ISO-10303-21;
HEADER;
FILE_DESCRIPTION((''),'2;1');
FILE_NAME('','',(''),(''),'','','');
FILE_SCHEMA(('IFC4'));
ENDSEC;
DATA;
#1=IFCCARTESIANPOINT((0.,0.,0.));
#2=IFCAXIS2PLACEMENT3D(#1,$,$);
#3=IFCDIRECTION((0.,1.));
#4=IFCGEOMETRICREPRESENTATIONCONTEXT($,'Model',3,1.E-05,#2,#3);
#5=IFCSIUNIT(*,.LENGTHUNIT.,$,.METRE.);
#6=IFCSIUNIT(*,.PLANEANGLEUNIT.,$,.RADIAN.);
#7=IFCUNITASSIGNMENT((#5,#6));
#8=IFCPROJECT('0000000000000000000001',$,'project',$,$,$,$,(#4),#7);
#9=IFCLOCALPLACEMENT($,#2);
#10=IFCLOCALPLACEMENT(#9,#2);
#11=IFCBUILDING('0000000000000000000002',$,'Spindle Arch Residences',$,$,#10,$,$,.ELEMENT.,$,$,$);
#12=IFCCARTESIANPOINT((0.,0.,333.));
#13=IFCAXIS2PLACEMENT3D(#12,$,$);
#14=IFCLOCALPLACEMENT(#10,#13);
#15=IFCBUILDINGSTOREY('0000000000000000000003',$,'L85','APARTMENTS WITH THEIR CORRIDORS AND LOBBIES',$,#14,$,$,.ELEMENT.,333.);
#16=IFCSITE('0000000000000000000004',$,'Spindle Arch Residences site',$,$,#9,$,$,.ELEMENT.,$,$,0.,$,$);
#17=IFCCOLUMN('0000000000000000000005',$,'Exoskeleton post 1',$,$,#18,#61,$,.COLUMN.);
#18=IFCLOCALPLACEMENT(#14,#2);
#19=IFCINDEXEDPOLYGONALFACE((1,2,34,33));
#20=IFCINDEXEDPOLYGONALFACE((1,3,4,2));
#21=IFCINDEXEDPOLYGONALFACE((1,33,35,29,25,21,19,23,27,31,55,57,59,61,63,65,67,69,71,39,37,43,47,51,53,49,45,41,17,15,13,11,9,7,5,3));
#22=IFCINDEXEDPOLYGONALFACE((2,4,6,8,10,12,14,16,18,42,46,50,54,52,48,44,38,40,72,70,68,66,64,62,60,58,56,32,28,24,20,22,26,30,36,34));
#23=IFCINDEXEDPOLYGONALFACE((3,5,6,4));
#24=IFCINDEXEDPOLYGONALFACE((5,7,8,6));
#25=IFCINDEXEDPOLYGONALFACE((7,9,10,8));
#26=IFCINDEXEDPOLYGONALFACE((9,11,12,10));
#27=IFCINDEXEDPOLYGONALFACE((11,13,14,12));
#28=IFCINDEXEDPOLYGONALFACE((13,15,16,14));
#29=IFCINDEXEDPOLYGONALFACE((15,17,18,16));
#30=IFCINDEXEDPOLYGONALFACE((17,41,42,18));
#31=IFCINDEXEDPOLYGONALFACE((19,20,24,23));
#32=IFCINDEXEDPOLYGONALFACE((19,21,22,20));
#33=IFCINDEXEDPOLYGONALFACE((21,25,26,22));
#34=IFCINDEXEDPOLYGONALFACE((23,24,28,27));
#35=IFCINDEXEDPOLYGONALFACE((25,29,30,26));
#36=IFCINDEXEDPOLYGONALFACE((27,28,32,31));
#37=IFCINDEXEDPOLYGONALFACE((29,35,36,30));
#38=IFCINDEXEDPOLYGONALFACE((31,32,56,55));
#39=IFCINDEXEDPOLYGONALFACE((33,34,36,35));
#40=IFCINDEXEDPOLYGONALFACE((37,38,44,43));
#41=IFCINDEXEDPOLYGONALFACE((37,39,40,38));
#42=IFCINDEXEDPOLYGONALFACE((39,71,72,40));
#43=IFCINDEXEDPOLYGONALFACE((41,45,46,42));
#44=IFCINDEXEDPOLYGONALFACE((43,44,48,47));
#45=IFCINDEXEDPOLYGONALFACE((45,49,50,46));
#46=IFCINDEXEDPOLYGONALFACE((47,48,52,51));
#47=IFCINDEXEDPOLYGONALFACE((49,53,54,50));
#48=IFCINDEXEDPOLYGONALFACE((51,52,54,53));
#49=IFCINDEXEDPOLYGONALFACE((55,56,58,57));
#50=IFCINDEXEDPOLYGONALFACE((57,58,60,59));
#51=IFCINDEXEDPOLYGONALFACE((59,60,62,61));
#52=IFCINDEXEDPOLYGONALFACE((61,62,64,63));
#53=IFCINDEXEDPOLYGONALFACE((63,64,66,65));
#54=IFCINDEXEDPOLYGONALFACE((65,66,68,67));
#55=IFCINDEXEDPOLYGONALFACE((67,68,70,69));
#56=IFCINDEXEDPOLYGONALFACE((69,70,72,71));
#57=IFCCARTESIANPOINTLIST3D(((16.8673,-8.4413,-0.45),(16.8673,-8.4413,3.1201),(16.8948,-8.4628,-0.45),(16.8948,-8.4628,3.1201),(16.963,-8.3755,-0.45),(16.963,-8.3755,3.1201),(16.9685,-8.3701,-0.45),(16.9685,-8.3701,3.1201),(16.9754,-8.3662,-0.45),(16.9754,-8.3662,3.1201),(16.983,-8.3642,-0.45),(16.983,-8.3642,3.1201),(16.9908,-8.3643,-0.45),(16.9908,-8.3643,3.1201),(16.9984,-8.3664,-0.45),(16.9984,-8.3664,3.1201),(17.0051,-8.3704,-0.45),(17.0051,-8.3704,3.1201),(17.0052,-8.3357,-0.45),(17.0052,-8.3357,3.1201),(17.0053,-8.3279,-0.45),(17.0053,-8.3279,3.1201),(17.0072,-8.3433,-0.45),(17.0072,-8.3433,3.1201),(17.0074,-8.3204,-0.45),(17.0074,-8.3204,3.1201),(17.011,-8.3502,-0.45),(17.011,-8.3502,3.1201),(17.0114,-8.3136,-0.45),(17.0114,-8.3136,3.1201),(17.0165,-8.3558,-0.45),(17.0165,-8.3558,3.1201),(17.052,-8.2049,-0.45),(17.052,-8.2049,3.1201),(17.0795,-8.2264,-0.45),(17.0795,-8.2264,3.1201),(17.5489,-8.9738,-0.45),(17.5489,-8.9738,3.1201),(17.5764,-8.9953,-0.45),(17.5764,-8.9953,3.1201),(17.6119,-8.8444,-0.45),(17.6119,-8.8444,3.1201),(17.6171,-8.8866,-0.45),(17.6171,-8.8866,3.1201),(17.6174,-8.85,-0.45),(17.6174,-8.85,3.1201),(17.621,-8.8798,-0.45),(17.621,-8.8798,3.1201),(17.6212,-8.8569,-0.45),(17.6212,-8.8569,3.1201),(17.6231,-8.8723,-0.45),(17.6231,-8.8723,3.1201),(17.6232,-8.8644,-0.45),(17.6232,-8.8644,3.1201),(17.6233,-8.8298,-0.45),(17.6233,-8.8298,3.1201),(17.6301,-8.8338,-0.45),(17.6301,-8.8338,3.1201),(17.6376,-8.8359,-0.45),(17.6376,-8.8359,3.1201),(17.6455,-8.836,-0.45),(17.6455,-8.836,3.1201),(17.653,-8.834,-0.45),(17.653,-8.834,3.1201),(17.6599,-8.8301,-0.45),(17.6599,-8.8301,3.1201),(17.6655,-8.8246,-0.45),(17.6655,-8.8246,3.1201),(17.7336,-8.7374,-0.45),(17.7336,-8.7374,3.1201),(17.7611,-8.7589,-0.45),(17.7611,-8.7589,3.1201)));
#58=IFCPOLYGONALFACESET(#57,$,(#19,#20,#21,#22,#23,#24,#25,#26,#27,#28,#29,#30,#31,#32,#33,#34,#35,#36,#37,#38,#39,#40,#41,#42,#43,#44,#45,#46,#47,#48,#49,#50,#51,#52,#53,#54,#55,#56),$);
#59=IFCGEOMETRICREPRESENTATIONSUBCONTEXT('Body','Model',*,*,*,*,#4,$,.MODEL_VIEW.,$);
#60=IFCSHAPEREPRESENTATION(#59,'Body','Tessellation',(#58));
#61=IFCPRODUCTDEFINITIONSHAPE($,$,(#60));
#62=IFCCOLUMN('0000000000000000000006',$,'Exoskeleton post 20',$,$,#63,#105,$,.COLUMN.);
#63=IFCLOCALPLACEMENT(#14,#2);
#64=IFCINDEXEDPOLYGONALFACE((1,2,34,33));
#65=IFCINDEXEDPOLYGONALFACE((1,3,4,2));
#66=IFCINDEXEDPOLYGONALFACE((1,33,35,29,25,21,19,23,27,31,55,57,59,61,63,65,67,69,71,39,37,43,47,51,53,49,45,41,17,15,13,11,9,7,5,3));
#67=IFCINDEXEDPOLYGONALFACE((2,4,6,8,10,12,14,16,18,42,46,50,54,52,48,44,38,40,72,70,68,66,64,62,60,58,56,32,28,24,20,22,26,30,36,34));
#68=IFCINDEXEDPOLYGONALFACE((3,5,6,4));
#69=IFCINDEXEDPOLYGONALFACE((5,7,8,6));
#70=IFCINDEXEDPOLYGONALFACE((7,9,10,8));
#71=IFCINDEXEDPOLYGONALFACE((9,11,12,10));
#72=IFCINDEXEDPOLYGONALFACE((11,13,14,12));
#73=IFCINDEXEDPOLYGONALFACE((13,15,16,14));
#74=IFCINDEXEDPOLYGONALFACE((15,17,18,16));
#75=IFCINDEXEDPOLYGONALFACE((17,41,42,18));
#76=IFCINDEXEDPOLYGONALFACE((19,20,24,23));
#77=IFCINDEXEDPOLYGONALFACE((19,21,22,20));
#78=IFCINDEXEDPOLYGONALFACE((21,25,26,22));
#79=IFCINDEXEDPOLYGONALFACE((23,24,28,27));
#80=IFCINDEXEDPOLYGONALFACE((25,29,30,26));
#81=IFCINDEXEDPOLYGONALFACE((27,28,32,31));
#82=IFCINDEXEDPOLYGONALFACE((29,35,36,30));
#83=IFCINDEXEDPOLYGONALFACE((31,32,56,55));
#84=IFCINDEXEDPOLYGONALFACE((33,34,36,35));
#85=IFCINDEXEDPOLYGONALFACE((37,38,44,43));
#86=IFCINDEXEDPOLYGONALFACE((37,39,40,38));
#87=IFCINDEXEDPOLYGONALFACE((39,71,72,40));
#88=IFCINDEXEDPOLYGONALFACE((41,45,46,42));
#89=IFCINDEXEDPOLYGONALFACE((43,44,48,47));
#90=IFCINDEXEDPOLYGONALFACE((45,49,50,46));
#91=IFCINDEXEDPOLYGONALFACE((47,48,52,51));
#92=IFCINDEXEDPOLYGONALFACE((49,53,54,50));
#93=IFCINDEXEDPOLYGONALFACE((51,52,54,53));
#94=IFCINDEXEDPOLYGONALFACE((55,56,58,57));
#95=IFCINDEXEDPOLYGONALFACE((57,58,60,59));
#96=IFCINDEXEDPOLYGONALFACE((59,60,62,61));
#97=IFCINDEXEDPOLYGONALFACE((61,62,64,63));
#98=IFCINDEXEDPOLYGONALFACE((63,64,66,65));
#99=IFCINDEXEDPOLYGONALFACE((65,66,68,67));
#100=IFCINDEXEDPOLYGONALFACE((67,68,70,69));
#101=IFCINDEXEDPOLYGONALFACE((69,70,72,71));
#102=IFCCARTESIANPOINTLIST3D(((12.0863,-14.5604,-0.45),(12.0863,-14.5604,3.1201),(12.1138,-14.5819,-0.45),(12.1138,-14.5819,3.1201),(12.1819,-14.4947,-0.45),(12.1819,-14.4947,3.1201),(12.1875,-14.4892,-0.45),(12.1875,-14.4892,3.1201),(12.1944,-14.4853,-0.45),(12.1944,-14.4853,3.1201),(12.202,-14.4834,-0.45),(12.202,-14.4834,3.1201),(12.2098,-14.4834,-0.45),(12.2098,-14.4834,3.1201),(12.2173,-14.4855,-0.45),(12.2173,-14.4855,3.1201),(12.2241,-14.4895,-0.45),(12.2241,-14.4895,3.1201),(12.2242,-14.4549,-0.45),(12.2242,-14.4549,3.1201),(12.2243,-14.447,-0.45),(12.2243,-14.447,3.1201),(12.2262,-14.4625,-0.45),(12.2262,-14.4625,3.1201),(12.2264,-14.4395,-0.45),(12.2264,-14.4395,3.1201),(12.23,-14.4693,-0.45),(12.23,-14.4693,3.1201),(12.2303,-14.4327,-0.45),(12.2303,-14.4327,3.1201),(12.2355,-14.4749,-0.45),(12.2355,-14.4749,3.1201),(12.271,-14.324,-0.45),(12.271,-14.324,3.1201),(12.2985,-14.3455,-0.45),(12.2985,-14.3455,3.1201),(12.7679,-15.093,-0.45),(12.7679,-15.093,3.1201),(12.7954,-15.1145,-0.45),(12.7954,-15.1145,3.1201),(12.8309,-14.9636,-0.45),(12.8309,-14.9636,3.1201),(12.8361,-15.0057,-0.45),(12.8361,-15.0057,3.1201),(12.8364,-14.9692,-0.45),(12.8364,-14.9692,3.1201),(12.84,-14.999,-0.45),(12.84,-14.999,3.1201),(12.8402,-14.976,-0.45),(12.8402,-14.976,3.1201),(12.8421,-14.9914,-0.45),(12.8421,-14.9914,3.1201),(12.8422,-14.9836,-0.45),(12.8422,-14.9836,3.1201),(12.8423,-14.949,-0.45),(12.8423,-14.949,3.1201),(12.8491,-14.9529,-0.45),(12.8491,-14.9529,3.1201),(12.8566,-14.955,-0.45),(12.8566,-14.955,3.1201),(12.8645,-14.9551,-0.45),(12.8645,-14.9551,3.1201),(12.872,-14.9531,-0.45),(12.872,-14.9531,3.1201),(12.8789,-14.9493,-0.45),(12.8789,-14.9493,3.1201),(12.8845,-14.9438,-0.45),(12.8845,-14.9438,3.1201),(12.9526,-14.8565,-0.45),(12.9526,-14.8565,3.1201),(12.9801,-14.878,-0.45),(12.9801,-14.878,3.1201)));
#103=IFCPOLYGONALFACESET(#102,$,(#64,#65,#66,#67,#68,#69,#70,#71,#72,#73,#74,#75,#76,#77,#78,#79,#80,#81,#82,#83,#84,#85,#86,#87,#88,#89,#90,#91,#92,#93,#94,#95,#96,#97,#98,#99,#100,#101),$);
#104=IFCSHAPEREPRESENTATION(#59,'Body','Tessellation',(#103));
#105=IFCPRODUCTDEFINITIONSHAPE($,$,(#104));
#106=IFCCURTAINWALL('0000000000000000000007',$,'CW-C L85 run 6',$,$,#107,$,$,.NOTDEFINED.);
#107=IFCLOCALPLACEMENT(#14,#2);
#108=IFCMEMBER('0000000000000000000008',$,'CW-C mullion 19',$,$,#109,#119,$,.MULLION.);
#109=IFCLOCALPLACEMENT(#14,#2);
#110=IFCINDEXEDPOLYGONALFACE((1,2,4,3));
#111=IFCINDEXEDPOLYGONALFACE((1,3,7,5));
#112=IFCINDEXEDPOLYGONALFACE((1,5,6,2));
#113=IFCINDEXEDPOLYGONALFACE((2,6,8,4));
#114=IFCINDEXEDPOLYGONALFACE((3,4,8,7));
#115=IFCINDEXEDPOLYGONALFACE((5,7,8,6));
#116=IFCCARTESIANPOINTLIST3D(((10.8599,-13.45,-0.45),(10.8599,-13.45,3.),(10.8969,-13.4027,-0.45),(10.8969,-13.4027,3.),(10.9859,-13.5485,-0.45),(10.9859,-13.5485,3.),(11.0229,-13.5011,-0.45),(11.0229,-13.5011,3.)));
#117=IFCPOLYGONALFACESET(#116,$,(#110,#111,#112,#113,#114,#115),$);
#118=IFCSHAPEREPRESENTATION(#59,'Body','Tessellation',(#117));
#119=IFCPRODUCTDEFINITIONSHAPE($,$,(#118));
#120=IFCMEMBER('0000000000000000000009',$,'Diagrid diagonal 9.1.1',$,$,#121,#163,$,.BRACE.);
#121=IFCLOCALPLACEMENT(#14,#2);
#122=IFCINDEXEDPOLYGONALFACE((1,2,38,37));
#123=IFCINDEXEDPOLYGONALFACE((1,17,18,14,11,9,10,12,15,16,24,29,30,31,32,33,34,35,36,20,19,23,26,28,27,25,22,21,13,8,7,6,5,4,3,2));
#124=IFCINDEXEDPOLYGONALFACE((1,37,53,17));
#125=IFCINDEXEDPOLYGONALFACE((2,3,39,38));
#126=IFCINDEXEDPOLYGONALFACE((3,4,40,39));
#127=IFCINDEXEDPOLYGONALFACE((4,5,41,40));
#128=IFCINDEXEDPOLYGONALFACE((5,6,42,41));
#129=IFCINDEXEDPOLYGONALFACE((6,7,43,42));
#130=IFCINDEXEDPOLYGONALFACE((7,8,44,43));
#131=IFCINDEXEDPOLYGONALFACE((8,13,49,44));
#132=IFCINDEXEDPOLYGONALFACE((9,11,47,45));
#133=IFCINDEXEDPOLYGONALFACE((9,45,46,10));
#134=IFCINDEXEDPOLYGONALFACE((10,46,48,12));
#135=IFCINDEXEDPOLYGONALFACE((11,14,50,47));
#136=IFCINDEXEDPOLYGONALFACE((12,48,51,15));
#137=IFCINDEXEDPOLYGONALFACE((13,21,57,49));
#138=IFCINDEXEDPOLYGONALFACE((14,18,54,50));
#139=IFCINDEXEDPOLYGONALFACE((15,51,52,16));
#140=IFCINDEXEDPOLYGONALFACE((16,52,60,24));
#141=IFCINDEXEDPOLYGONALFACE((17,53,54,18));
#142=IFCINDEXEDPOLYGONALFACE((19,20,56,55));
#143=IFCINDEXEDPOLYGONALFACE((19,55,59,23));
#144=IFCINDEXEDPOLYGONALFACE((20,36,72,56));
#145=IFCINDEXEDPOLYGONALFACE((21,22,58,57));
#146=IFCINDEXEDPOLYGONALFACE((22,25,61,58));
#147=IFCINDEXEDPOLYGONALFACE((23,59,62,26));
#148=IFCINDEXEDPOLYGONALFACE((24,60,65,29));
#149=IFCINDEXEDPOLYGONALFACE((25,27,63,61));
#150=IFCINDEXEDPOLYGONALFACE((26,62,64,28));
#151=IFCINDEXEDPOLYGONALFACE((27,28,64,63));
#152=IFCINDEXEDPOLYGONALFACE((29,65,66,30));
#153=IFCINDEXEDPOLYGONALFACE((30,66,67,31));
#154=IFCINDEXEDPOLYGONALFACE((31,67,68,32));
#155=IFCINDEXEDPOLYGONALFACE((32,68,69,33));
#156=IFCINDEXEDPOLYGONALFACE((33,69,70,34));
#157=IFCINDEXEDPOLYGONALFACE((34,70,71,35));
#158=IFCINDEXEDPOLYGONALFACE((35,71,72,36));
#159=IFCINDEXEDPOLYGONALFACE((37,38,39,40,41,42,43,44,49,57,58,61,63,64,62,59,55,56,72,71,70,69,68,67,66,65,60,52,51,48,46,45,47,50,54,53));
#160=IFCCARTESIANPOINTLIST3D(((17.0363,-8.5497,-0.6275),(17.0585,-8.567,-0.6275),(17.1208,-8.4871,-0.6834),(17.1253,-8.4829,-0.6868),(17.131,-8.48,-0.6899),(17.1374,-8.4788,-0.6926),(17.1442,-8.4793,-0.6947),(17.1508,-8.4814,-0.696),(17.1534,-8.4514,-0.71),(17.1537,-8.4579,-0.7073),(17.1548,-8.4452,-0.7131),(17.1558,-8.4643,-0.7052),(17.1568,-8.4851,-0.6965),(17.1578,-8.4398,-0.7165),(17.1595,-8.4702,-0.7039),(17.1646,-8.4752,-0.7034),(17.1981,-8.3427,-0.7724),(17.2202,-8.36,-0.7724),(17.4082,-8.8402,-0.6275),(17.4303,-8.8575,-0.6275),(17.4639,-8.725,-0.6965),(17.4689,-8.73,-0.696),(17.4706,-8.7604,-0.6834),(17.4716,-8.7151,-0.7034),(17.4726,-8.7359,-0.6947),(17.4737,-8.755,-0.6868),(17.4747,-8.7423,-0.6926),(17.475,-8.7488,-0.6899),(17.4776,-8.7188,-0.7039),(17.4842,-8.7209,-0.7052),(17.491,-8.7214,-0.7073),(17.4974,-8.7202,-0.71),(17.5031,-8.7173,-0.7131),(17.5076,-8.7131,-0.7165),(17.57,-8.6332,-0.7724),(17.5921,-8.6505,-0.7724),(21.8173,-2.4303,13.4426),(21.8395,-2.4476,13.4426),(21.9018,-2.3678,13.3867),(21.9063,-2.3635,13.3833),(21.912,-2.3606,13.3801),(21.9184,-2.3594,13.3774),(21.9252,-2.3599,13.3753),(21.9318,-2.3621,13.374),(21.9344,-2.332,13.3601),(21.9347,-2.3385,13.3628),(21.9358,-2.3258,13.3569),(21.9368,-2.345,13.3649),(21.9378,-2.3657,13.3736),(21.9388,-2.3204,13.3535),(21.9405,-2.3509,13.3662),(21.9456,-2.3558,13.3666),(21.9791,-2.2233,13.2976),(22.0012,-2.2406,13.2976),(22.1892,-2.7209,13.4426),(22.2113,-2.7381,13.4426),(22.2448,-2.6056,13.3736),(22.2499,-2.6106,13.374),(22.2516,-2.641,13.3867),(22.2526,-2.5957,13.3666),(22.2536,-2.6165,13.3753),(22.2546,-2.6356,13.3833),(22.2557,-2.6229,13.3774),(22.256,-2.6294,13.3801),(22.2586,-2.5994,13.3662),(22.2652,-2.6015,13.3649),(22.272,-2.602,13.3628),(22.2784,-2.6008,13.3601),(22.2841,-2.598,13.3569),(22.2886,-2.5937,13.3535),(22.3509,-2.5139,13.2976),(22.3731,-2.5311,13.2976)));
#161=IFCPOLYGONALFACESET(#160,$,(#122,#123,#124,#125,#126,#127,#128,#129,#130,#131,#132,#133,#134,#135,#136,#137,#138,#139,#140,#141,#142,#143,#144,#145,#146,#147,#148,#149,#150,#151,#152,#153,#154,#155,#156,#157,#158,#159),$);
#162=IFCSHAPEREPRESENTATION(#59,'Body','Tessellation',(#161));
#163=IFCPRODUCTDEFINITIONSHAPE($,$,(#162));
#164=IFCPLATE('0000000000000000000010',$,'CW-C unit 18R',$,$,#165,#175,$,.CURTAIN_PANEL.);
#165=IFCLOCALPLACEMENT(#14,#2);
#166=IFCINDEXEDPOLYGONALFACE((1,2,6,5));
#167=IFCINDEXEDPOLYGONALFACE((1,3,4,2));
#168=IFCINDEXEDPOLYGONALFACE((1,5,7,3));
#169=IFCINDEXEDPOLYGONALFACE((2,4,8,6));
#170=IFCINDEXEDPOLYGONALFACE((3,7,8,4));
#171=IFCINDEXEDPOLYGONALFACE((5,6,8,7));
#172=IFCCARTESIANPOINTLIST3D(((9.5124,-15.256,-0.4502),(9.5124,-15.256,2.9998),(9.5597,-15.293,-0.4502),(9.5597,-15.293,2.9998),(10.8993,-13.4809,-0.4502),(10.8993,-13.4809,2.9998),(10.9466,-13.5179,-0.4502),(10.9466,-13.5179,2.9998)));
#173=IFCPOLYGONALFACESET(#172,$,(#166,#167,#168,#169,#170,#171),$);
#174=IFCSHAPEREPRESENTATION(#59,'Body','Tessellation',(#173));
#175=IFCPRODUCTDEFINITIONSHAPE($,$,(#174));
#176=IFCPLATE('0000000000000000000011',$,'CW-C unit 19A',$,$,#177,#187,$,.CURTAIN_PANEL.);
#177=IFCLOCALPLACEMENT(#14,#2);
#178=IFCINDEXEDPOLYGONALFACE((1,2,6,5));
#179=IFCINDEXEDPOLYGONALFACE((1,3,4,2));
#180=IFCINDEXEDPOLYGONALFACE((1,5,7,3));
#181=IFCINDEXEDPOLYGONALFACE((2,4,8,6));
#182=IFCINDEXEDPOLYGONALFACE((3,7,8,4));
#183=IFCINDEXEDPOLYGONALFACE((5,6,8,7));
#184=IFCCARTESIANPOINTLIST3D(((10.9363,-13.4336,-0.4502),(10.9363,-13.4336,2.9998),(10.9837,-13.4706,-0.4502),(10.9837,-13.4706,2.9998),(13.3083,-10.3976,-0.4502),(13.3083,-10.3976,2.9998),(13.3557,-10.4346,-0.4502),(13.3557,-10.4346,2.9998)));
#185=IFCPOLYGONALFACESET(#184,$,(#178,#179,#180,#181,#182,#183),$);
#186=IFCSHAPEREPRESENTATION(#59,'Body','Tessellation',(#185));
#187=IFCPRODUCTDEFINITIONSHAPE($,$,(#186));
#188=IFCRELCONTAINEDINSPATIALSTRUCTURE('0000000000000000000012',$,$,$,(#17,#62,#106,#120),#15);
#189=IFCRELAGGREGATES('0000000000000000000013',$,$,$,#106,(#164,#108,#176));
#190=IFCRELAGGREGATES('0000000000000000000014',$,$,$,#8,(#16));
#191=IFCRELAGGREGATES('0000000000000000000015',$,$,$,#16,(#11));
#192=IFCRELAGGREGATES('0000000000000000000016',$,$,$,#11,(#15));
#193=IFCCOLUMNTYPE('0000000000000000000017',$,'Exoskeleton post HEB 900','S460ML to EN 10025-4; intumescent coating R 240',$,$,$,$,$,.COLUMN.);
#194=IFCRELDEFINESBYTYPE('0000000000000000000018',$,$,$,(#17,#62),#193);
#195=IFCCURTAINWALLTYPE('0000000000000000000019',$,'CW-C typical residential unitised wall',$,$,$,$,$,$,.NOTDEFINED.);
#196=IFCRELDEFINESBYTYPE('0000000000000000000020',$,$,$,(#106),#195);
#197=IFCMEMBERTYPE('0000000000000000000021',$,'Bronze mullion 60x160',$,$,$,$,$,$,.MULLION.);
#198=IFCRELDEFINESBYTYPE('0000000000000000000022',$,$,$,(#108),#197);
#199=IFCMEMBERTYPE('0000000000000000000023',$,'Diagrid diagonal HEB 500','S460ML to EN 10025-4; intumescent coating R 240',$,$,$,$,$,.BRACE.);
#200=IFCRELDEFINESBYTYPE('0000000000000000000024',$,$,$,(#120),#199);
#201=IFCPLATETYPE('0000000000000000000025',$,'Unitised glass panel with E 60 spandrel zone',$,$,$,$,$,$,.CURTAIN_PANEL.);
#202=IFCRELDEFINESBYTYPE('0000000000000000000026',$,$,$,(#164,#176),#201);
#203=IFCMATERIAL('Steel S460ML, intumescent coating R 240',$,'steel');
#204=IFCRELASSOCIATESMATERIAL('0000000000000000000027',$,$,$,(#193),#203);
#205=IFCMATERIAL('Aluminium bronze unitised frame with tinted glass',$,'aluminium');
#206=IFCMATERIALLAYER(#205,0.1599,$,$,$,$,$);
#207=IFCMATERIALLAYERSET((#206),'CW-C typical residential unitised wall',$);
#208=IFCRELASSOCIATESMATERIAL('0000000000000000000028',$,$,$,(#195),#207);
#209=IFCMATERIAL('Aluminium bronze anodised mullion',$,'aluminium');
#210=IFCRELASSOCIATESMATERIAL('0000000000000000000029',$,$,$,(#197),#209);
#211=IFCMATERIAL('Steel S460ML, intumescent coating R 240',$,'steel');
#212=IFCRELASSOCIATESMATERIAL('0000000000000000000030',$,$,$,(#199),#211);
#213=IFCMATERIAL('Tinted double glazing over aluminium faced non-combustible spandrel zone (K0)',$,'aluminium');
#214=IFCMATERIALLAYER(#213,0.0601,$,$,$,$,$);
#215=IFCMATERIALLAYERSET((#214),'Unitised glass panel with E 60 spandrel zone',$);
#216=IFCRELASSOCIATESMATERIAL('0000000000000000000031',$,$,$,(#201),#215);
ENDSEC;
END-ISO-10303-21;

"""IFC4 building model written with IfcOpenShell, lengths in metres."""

from ifc_helpers import new_model, si_unit, direction, frame, origin, origin_2d, place, context, subcontext, project, spatial, rectangle, i_section, extrude, material, layer, layer_set, material_profile, profile_set, type_object, element, aggregate, save


model = new_model("IFC4")

# Units and contexts
model_context = context("Model", 3, precision=1e-05, world=origin(), true_north=direction((0.0, 1.0)))
body_context = subcontext(model_context, "Body", "Model", "MODEL_VIEW")
ifc_project = project(units=[si_unit("LENGTHUNIT", "METRE"), si_unit("PLANEANGLEUNIT", "RADIAN")], contexts=[model_context])

# Site, building, storey
site_placement = place(None, origin())
site = spatial("IfcSite", under=ifc_project, at=site_placement, Name="Spindle Arch Residences site", CompositionType="ELEMENT", RefElevation=0.0)
building_placement = place(site_placement, origin())
building = spatial("IfcBuilding", under=site, at=building_placement, Name="Spindle Arch Residences", CompositionType="ELEMENT")
storey_placement = place(building_placement, frame((0.0, 0.0, 333.0)))
storey = spatial("IfcBuildingStorey", under=building, at=storey_placement, Name="L85", Description="APARTMENTS WITH THEIR CORRIDORS AND LOBBIES", CompositionType="ELEMENT", Elevation=333.0)

# Columns
ifc_material_1 = material(Name="Steel S460ML, intumescent coating R 240", Category="steel")
ifc_material_profile_1 = material_profile(ifc_material_1, i_section(OverallWidth=0.3, OverallDepth=0.8999, WebThickness=0.0186, FlangeThickness=0.0349, FilletRadius=0.03, at=origin_2d()), Name="HEB 900")
ifc_profile_set_1 = profile_set([ifc_material_profile_1], Name="Steel S460ML, intumescent coating R 240")
column_type = type_object("IfcColumnType", Name="Exoskeleton post HEB 900", Description="S460ML to EN 10025-4; intumescent coating R 240", PredefinedType="COLUMN", material=ifc_profile_set_1)
for number, where, z_axis, x_axis, name in (
    (1, (17.3142, -8.6001, -0.45), (0.0, 0.0, 1.0), (-0.615661, -0.788011, 0.0), "Exoskeleton post 1"),
    (2, (12.5332, -14.7192, -0.45), (0.0, 0.0, 1.0), (-0.615661, -0.788011, 0.0), "Exoskeleton post 20"),
):
    element("IfcColumn", number, at=place(storey_placement, frame(where, z_axis=z_axis, x_axis=x_axis)), inside=storey, type_object=column_type, Name=name, PredefinedType="COLUMN", context=body_context, shape_type="SweptSolid", body=[
        extrude(i_section(OverallWidth=0.3, OverallDepth=0.8999, WebThickness=0.0186, FlangeThickness=0.0349, FilletRadius=0.03, at=origin_2d()), origin(), (0.0, 0.0, 1.0), 3.5701),
    ])

# Curtain wall, member
ifc_material_2 = material(Name="Aluminium bronze unitised frame with tinted glass", Category="aluminium")
ifc_layer_1 = layer(ifc_material_2, 0.1599)
ifc_layer_set_1 = layer_set([ifc_layer_1], Name="CW-C typical residential unitised wall")
curtain_wall_type = type_object("IfcCurtainWallType", Name="CW-C typical residential unitised wall", PredefinedType="NOTDEFINED", material=ifc_layer_set_1)
curtain_wall_placement = place(storey_placement, origin())
curtain_wall = element("IfcCurtainWall", 3, at=curtain_wall_placement, inside=storey, type_object=curtain_wall_type, Name="CW-C L85 run 6", PredefinedType="NOTDEFINED")
ifc_material_3 = material(Name="Aluminium bronze anodised mullion", Category="aluminium")
ifc_material_profile_2 = material_profile(ifc_material_3, rectangle(XDim=0.1599, YDim=0.0601, at=origin_2d()), Name="MU 60x160")
ifc_profile_set_2 = profile_set([ifc_material_profile_2], Name="Aluminium bronze anodised mullion")
member_type_1 = type_object("IfcMemberType", Name="Bronze mullion 60x160", PredefinedType="MULLION", material=ifc_profile_set_2)
member_1_placement = place(storey_placement, frame((10.9414, -13.4756, -0.45), z_axis=(0.0, 0.0, 1.0), x_axis=(-0.788011, 0.615661, 0.0)))
member_1 = element("IfcMember", 4, at=member_1_placement, type_object=member_type_1, Name="CW-C mullion 19", PredefinedType="MULLION", context=body_context, shape_type="SweptSolid", body=[
    extrude(rectangle(XDim=0.1599, YDim=0.0601, at=origin_2d()), origin(), (0.0, 0.0, 1.0), 3.45),
])

# Member
ifc_material_4 = material(Name="Steel S460ML, intumescent coating R 240", Category="steel")
ifc_material_profile_3 = material_profile(ifc_material_4, i_section(OverallWidth=0.3, OverallDepth=0.5, WebThickness=0.0144, FlangeThickness=0.0281, FilletRadius=0.0271, at=origin_2d()), Name="HEB 500")
ifc_profile_set_3 = profile_set([ifc_material_profile_3], Name="Steel S460ML, intumescent coating R 240")
member_type_2 = type_object("IfcMemberType", Name="Diagrid diagonal HEB 500", Description="S460ML to EN 10025-4; intumescent coating R 240", PredefinedType="BRACE", material=ifc_profile_set_3)
member_2_placement = place(storey_placement, frame((17.3142, -8.6001, -0.7), z_axis=(0.297496, 0.380776, 0.875503), x_axis=(-0.539015, -0.689905, 0.483212)))
element("IfcMember", 5, at=member_2_placement, inside=storey, type_object=member_type_2, Name="Diagrid diagonal 9.1.1", PredefinedType="BRACE", context=body_context, shape_type="SweptSolid", body=[
    extrude(i_section(OverallWidth=0.3, OverallDepth=0.5, WebThickness=0.0144, FlangeThickness=0.0281, FilletRadius=0.0271, at=origin_2d()), origin(), (0.0, 0.0, 1.0), 16.0708),
])

# Plates
ifc_material_5 = material(Name="Tinted double glazing over aluminium faced non-combustible spandrel zone (K0)", Category="aluminium")
ifc_layer_2 = layer(ifc_material_5, 0.0601)
ifc_layer_set_2 = layer_set([ifc_layer_2], Name="Unitised glass panel with E 60 spandrel zone")
plate_type = type_object("IfcPlateType", Name="Unitised glass panel with E 60 spandrel zone", PredefinedType="CURTAIN_PANEL", material=ifc_layer_set_2)
plate_1_placement = place(storey_placement, frame((10.2295, -14.387, -0.4502), z_axis=(0.0, 0.0, 1.0), x_axis=(0.615661, 0.788011, 0.0)))
plate_1 = element("IfcPlate", 6, at=plate_1_placement, type_object=plate_type, Name="CW-C unit 18R", PredefinedType="CURTAIN_PANEL", context=body_context, shape_type="SweptSolid", body=[
    extrude(rectangle(XDim=2.2527, YDim=0.0601, at=origin_2d()), origin(), (0.0, 0.0, 1.0), 3.45),
])
plate_2_placement = place(storey_placement, frame((12.146, -11.9341, -0.4502), z_axis=(0.0, 0.0, 1.0), x_axis=(0.615661, 0.788011, 0.0)))
plate_2 = element("IfcPlate", 7, at=plate_2_placement, type_object=plate_type, Name="CW-C unit 19A", PredefinedType="CURTAIN_PANEL", context=body_context, shape_type="SweptSolid", body=[
    extrude(rectangle(XDim=3.8528, YDim=0.0601, at=origin_2d()), origin(), (0.0, 0.0, 1.0), 3.45),
])
aggregate(curtain_wall, [plate_1, member_1, plate_2])

save(model, "model.ifc")
